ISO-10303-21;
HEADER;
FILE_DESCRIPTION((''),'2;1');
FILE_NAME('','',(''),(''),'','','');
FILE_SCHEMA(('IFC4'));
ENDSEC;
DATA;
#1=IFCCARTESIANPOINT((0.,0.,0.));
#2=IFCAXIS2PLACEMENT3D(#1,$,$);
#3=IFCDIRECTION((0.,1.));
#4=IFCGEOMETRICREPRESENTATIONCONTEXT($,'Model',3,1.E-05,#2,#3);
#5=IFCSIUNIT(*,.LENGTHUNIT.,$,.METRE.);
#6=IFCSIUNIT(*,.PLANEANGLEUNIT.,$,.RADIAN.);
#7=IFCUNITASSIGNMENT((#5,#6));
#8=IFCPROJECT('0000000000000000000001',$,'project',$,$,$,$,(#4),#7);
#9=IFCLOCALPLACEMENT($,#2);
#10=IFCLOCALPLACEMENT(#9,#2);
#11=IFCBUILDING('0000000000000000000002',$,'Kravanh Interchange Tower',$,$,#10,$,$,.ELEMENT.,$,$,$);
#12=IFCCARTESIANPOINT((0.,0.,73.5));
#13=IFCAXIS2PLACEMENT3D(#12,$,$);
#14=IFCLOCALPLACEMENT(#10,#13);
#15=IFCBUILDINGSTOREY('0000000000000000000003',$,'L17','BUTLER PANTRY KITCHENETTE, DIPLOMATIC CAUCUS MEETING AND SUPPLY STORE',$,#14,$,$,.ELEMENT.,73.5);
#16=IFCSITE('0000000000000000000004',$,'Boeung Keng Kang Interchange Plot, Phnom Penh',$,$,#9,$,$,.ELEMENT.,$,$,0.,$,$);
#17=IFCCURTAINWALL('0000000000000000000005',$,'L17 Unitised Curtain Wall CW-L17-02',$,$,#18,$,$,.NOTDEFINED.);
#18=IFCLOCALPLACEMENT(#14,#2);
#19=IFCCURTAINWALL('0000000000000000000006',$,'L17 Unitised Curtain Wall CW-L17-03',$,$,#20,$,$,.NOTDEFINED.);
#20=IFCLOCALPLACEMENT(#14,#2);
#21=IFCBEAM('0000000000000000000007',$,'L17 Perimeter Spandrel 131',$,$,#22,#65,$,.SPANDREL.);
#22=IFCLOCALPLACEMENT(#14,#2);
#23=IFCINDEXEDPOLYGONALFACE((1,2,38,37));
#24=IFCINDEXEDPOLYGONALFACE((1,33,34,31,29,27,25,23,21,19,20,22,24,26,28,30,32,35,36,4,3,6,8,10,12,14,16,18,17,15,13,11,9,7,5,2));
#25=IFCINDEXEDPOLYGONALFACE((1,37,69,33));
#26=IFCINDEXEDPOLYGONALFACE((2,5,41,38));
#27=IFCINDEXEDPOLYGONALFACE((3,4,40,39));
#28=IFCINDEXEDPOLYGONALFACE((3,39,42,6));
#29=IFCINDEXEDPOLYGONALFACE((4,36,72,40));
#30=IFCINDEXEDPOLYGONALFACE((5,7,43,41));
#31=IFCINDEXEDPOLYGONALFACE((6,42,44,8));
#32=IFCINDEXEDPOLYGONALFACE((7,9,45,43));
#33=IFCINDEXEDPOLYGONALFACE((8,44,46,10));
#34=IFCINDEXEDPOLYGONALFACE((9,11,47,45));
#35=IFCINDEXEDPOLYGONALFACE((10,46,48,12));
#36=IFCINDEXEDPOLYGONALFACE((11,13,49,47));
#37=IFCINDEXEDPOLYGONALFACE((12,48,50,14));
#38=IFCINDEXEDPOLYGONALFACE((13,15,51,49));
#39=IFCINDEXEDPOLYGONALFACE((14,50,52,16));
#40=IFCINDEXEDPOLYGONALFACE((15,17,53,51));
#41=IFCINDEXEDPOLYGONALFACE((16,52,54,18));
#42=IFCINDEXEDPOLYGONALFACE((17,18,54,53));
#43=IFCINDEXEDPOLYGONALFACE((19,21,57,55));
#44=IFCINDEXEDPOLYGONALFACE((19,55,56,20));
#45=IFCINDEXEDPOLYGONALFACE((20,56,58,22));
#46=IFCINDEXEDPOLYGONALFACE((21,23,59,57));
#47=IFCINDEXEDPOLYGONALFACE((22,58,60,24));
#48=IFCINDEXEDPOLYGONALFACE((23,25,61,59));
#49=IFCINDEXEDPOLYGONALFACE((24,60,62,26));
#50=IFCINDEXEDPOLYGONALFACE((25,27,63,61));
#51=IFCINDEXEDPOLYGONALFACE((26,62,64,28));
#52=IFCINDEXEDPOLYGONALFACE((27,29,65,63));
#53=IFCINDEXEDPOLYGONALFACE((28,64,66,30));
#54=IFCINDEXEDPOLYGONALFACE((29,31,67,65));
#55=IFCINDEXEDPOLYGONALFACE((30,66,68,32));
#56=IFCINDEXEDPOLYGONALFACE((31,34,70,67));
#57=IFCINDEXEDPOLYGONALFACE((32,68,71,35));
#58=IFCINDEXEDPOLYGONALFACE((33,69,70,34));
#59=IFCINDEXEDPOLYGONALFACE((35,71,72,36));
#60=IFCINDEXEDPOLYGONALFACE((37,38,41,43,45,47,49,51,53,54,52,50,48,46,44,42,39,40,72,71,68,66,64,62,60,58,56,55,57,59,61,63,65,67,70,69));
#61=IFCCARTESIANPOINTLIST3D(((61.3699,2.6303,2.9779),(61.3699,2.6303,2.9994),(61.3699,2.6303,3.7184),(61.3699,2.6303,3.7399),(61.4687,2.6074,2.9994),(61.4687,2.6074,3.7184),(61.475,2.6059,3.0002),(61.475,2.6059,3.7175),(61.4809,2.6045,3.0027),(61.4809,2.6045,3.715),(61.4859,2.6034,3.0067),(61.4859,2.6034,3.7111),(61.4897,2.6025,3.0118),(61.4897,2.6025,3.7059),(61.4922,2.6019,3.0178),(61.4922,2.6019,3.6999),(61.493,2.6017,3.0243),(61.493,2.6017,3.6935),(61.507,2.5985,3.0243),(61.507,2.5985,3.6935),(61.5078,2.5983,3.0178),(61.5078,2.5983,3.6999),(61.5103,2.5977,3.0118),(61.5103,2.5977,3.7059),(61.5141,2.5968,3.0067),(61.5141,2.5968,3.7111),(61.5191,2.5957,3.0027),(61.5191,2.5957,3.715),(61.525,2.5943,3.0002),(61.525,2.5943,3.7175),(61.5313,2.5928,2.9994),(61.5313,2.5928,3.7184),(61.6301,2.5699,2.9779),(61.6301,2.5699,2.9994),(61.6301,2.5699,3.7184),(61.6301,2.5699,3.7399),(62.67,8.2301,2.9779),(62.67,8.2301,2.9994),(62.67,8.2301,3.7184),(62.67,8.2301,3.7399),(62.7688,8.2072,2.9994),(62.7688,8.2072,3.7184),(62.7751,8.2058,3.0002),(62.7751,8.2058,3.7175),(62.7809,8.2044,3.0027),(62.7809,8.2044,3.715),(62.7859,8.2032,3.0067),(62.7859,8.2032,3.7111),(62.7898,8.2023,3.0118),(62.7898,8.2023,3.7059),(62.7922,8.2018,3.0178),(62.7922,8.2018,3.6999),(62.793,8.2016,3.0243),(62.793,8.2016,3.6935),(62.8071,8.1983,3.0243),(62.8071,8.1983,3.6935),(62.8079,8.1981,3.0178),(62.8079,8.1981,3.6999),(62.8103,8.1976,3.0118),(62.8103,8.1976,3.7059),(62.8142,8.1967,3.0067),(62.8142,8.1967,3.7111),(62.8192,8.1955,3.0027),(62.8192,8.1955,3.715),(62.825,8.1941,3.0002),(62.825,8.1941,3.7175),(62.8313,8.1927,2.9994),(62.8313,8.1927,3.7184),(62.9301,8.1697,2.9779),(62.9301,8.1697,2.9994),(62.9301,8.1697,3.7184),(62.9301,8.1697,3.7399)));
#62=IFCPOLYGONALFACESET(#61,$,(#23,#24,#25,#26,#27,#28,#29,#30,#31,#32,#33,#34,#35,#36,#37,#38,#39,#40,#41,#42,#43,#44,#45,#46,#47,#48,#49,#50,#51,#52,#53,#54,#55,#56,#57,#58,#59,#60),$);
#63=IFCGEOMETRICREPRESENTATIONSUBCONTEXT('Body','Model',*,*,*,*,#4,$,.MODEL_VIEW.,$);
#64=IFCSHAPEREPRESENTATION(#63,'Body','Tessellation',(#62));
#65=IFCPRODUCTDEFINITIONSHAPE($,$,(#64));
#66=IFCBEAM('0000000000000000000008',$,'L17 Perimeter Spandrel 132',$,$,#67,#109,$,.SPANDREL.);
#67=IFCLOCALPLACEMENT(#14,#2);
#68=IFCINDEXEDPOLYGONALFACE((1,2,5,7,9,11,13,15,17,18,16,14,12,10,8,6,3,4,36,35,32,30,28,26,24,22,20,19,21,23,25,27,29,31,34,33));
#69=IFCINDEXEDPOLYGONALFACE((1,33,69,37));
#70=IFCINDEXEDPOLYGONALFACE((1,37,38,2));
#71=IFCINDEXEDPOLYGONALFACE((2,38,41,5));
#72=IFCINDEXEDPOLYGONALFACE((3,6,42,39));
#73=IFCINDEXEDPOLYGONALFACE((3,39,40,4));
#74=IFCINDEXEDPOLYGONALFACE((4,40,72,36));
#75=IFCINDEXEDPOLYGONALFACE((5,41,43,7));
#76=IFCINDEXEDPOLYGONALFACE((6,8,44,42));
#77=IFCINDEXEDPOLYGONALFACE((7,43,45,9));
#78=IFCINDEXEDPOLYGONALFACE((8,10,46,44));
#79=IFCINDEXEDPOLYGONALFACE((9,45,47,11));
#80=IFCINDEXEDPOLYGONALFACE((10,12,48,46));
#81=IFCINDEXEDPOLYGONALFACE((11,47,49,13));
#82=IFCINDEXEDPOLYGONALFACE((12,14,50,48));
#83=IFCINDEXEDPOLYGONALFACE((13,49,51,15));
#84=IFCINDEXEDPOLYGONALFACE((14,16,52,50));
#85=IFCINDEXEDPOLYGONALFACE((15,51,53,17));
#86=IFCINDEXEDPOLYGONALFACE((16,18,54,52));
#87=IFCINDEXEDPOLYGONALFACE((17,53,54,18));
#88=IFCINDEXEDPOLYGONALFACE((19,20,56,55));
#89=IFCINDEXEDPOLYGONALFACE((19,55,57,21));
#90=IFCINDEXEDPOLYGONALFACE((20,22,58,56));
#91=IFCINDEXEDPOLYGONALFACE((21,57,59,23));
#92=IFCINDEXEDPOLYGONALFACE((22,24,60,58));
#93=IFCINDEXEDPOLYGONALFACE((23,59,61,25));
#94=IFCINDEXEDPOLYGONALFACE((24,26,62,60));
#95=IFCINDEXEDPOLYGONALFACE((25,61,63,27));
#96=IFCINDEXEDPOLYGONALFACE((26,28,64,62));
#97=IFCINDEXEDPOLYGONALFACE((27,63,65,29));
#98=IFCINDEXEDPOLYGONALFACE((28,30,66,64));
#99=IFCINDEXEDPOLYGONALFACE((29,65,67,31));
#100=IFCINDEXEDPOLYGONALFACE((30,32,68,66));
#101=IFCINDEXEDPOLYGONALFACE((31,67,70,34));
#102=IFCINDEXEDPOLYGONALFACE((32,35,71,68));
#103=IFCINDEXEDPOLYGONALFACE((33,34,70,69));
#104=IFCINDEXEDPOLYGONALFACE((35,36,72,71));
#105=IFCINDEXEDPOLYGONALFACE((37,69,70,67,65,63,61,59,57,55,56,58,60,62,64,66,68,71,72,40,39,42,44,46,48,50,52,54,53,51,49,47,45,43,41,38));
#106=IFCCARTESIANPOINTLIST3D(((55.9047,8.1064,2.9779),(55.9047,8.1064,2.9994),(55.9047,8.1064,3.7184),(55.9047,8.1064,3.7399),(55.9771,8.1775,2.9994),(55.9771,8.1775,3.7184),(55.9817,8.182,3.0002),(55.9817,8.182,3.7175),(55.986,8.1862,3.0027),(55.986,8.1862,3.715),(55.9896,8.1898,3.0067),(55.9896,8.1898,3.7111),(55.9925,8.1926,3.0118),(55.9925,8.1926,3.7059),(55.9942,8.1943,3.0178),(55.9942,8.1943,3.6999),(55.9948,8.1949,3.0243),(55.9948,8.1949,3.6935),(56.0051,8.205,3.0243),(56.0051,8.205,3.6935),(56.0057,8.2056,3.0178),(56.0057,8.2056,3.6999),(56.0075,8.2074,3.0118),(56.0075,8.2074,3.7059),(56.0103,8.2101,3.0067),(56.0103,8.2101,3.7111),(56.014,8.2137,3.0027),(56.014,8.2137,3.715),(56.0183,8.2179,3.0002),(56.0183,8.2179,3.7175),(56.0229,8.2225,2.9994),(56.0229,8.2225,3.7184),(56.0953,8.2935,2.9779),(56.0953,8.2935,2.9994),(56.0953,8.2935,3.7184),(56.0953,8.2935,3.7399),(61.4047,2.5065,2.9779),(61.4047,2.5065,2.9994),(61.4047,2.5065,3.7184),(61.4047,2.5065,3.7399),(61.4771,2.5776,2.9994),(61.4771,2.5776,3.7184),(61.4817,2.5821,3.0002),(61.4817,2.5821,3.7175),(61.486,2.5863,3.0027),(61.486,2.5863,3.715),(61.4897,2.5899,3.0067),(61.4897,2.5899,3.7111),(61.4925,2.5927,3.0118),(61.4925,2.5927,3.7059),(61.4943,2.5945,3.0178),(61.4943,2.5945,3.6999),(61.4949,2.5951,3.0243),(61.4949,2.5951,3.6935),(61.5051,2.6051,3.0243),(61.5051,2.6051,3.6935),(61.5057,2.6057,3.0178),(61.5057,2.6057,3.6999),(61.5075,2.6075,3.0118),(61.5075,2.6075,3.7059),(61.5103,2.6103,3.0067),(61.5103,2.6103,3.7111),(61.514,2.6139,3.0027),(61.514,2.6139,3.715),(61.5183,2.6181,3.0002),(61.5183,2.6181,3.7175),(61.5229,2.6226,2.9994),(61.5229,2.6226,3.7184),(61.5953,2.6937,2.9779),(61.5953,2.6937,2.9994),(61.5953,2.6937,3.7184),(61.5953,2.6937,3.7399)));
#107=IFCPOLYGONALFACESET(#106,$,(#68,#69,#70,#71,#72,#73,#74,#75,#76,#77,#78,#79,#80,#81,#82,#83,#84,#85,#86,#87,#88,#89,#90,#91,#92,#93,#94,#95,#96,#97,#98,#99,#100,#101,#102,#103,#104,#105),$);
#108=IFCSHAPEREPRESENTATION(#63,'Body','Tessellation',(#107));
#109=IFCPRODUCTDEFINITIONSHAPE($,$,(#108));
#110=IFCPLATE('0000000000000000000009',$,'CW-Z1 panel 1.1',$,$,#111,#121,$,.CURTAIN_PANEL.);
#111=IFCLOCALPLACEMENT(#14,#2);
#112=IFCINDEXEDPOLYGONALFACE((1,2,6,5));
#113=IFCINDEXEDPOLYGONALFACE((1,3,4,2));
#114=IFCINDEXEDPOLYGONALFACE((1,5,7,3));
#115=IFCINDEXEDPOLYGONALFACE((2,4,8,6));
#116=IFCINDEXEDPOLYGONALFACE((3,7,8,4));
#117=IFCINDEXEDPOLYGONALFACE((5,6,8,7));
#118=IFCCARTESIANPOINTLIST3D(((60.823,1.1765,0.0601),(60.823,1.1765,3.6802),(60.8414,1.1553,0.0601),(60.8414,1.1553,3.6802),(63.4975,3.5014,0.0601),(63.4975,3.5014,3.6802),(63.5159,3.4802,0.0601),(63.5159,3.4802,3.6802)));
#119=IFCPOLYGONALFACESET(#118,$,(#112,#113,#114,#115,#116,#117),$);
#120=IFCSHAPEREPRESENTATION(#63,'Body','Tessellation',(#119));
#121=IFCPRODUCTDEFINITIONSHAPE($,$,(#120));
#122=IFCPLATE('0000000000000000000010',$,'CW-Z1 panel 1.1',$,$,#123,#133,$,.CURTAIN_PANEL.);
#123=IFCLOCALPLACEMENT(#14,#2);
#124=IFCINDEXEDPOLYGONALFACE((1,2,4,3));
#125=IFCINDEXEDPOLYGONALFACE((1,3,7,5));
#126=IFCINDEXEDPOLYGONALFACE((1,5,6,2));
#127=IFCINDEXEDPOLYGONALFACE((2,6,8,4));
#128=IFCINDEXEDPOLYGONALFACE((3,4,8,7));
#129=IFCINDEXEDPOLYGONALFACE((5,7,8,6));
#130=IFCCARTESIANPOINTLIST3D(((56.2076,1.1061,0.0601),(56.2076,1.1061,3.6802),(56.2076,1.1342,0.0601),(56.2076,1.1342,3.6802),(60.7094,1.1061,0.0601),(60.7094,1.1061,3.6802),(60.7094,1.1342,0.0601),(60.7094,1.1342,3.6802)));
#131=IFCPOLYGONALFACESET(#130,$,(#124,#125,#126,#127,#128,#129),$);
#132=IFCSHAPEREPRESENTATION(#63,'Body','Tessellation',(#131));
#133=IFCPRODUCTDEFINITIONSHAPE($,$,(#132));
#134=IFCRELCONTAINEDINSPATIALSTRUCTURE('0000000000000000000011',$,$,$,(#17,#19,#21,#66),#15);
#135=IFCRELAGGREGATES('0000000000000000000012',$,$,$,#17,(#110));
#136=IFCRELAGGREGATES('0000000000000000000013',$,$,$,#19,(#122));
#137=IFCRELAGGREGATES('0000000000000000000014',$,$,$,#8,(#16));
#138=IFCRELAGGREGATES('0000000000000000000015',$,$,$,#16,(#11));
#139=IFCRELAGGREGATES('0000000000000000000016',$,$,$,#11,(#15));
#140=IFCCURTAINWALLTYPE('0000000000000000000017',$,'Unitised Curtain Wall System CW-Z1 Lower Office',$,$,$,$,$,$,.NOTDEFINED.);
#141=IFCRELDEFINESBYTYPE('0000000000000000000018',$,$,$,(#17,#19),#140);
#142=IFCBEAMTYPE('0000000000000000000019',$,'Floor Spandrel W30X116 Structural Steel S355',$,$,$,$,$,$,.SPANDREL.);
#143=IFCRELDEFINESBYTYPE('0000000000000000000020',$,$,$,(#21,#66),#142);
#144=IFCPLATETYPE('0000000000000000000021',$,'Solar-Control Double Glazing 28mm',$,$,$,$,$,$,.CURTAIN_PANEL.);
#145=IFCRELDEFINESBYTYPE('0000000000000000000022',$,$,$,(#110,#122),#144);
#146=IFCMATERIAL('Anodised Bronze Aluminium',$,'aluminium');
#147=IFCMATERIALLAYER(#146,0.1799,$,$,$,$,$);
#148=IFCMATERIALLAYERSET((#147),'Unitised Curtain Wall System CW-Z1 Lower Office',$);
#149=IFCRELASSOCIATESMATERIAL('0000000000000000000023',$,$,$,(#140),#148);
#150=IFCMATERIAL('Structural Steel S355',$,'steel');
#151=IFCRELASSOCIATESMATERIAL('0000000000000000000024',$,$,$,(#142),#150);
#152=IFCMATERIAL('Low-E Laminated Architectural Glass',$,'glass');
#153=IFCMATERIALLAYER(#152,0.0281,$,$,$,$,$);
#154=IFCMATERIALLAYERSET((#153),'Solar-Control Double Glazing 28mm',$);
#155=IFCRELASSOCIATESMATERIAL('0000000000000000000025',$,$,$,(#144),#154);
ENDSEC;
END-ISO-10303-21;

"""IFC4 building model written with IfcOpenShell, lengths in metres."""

from ifc_helpers import new_model, si_unit, direction, frame, origin, origin_2d, place, context, subcontext, project, spatial, rectangle, i_section, extrude, material, layer, layer_set, material_profile, profile_set, type_object, element, aggregate, save


model = new_model("IFC4")

# Units and contexts
model_context = context("Model", 3, precision=1e-05, world=origin(), true_north=direction((0.0, 1.0)))
body_context = subcontext(model_context, "Body", "Model", "MODEL_VIEW")
ifc_project = project(units=[si_unit("LENGTHUNIT", "METRE"), si_unit("PLANEANGLEUNIT", "RADIAN")], contexts=[model_context])

# Site, building, storey
site_placement = place(None, origin())
site = spatial("IfcSite", under=ifc_project, at=site_placement, Name="Boeung Keng Kang Interchange Plot, Phnom Penh", CompositionType="ELEMENT", RefElevation=0.0)
building_placement = place(site_placement, origin())
building = spatial("IfcBuilding", under=site, at=building_placement, Name="Kravanh Interchange Tower", CompositionType="ELEMENT")
storey_placement = place(building_placement, frame((0.0, 0.0, 73.5)))
storey = spatial("IfcBuildingStorey", under=building, at=storey_placement, Name="L17", Description="BUTLER PANTRY KITCHENETTE, DIPLOMATIC CAUCUS MEETING AND SUPPLY STORE", CompositionType="ELEMENT", Elevation=73.5)

# Curtain walls
ifc_material_1 = material(Name="Anodised Bronze Aluminium", Category="aluminium")
ifc_layer_1 = layer(ifc_material_1, 0.1799)
ifc_layer_set_1 = layer_set([ifc_layer_1], Name="Unitised Curtain Wall System CW-Z1 Lower Office")
curtain_wall_type = type_object("IfcCurtainWallType", Name="Unitised Curtain Wall System CW-Z1 Lower Office", PredefinedType="NOTDEFINED", material=ifc_layer_set_1)
curtain_wall_1_placement = place(storey_placement, origin())
curtain_wall_1 = element("IfcCurtainWall", 1, at=curtain_wall_1_placement, inside=storey, type_object=curtain_wall_type, Name="L17 Unitised Curtain Wall CW-L17-02", PredefinedType="NOTDEFINED")
curtain_wall_2_placement = place(storey_placement, origin())
curtain_wall_2 = element("IfcCurtainWall", 2, at=curtain_wall_2_placement, inside=storey, type_object=curtain_wall_type, Name="L17 Unitised Curtain Wall CW-L17-03", PredefinedType="NOTDEFINED")

# Beams
ifc_material_2 = material(Name="Structural Steel S355", Category="steel")
ifc_material_profile_1 = material_profile(ifc_material_2, i_section(OverallWidth=0.2671, OverallDepth=0.762, WebThickness=0.0144, FlangeThickness=0.0215, FilletRadius=0.0249, at=origin_2d()), Name="W30X116")
ifc_profile_set_1 = profile_set([ifc_material_profile_1], Name="Structural Steel S355")
beam_type_1 = type_object("IfcBeamType", Name="Floor Spandrel W30X116 Structural Steel S355", PredefinedType="SPANDREL", material=ifc_profile_set_1)
beam_1_placement = place(storey_placement, frame((61.5, 2.6001, 3.3589), z_axis=(0.226143, 0.974094, 0.0), x_axis=(-0.974094, 0.226143, 0.0)))
element("IfcBeam", 3, at=beam_1_placement, inside=storey, type_object=beam_type_1, Name="L17 Perimeter Spandrel 131", PredefinedType="SPANDREL", context=body_context, shape_type="SweptSolid", body=[
    extrude(i_section(OverallWidth=0.2671, OverallDepth=0.762, WebThickness=0.0144, FlangeThickness=0.0215, FilletRadius=0.0249, at=origin_2d()), origin(), (0.0, 0.0, 1.0), 5.7488),
])
beam_2_placement = place(storey_placement, frame((61.5, 2.6001, 3.3589), z_axis=(-0.700717, 0.713439, 0.0), x_axis=(-0.713439, -0.700717, 0.0)))
element("IfcBeam", 4, at=beam_2_placement, inside=storey, type_object=beam_type_1, Name="L17 Perimeter Spandrel 132", PredefinedType="SPANDREL", context=body_context, shape_type="SweptSolid", body=[
    extrude(i_section(OverallWidth=0.2671, OverallDepth=0.762, WebThickness=0.0144, FlangeThickness=0.0215, FilletRadius=0.0249, at=origin_2d()), origin(), (0.0, 0.0, 1.0), 7.8491),
])

# Plates
ifc_material_3 = material(Name="Low-E Laminated Architectural Glass", Category="glass")
ifc_layer_2 = layer(ifc_material_3, 0.0281)
ifc_layer_set_2 = layer_set([ifc_layer_2], Name="Solar-Control Double Glazing 28mm")
plate_type = type_object("IfcPlateType", Name="Solar-Control Double Glazing 28mm", PredefinedType="CURTAIN_PANEL", material=ifc_layer_set_2)
plate_1_placement = place(storey_placement, frame((62.1694, 2.3284, 0.0601), z_axis=(0.0, 0.0, 1.0), x_axis=(-0.754708, -0.65606, 0.0)))
plate_1 = element("IfcPlate", 5, at=plate_1_placement, type_object=plate_type, Name="CW-Z1 panel 1.1", PredefinedType="CURTAIN_PANEL", context=body_context, shape_type="SweptSolid", body=[
    extrude(rectangle(XDim=3.5437, YDim=0.0281, at=origin_2d()), origin(), (0.0, 0.0, 1.0), 3.6201),
])
aggregate(curtain_wall_1, [plate_1])
plate_2_placement = place(storey_placement, frame((58.4585, 1.1201, 0.0601), z_axis=(0.0, 0.0, 1.0), x_axis=(-1.0, 0.0, 0.0)))
plate_2 = element("IfcPlate", 6, at=plate_2_placement, type_object=plate_type, Name="CW-Z1 panel 1.1", PredefinedType="CURTAIN_PANEL", context=body_context, shape_type="SweptSolid", body=[
    extrude(rectangle(XDim=4.5017, YDim=0.0281, at=origin_2d()), origin(), (0.0, 0.0, 1.0), 3.6201),
])
aggregate(curtain_wall_2, [plate_2])

save(model, "model.ifc")
